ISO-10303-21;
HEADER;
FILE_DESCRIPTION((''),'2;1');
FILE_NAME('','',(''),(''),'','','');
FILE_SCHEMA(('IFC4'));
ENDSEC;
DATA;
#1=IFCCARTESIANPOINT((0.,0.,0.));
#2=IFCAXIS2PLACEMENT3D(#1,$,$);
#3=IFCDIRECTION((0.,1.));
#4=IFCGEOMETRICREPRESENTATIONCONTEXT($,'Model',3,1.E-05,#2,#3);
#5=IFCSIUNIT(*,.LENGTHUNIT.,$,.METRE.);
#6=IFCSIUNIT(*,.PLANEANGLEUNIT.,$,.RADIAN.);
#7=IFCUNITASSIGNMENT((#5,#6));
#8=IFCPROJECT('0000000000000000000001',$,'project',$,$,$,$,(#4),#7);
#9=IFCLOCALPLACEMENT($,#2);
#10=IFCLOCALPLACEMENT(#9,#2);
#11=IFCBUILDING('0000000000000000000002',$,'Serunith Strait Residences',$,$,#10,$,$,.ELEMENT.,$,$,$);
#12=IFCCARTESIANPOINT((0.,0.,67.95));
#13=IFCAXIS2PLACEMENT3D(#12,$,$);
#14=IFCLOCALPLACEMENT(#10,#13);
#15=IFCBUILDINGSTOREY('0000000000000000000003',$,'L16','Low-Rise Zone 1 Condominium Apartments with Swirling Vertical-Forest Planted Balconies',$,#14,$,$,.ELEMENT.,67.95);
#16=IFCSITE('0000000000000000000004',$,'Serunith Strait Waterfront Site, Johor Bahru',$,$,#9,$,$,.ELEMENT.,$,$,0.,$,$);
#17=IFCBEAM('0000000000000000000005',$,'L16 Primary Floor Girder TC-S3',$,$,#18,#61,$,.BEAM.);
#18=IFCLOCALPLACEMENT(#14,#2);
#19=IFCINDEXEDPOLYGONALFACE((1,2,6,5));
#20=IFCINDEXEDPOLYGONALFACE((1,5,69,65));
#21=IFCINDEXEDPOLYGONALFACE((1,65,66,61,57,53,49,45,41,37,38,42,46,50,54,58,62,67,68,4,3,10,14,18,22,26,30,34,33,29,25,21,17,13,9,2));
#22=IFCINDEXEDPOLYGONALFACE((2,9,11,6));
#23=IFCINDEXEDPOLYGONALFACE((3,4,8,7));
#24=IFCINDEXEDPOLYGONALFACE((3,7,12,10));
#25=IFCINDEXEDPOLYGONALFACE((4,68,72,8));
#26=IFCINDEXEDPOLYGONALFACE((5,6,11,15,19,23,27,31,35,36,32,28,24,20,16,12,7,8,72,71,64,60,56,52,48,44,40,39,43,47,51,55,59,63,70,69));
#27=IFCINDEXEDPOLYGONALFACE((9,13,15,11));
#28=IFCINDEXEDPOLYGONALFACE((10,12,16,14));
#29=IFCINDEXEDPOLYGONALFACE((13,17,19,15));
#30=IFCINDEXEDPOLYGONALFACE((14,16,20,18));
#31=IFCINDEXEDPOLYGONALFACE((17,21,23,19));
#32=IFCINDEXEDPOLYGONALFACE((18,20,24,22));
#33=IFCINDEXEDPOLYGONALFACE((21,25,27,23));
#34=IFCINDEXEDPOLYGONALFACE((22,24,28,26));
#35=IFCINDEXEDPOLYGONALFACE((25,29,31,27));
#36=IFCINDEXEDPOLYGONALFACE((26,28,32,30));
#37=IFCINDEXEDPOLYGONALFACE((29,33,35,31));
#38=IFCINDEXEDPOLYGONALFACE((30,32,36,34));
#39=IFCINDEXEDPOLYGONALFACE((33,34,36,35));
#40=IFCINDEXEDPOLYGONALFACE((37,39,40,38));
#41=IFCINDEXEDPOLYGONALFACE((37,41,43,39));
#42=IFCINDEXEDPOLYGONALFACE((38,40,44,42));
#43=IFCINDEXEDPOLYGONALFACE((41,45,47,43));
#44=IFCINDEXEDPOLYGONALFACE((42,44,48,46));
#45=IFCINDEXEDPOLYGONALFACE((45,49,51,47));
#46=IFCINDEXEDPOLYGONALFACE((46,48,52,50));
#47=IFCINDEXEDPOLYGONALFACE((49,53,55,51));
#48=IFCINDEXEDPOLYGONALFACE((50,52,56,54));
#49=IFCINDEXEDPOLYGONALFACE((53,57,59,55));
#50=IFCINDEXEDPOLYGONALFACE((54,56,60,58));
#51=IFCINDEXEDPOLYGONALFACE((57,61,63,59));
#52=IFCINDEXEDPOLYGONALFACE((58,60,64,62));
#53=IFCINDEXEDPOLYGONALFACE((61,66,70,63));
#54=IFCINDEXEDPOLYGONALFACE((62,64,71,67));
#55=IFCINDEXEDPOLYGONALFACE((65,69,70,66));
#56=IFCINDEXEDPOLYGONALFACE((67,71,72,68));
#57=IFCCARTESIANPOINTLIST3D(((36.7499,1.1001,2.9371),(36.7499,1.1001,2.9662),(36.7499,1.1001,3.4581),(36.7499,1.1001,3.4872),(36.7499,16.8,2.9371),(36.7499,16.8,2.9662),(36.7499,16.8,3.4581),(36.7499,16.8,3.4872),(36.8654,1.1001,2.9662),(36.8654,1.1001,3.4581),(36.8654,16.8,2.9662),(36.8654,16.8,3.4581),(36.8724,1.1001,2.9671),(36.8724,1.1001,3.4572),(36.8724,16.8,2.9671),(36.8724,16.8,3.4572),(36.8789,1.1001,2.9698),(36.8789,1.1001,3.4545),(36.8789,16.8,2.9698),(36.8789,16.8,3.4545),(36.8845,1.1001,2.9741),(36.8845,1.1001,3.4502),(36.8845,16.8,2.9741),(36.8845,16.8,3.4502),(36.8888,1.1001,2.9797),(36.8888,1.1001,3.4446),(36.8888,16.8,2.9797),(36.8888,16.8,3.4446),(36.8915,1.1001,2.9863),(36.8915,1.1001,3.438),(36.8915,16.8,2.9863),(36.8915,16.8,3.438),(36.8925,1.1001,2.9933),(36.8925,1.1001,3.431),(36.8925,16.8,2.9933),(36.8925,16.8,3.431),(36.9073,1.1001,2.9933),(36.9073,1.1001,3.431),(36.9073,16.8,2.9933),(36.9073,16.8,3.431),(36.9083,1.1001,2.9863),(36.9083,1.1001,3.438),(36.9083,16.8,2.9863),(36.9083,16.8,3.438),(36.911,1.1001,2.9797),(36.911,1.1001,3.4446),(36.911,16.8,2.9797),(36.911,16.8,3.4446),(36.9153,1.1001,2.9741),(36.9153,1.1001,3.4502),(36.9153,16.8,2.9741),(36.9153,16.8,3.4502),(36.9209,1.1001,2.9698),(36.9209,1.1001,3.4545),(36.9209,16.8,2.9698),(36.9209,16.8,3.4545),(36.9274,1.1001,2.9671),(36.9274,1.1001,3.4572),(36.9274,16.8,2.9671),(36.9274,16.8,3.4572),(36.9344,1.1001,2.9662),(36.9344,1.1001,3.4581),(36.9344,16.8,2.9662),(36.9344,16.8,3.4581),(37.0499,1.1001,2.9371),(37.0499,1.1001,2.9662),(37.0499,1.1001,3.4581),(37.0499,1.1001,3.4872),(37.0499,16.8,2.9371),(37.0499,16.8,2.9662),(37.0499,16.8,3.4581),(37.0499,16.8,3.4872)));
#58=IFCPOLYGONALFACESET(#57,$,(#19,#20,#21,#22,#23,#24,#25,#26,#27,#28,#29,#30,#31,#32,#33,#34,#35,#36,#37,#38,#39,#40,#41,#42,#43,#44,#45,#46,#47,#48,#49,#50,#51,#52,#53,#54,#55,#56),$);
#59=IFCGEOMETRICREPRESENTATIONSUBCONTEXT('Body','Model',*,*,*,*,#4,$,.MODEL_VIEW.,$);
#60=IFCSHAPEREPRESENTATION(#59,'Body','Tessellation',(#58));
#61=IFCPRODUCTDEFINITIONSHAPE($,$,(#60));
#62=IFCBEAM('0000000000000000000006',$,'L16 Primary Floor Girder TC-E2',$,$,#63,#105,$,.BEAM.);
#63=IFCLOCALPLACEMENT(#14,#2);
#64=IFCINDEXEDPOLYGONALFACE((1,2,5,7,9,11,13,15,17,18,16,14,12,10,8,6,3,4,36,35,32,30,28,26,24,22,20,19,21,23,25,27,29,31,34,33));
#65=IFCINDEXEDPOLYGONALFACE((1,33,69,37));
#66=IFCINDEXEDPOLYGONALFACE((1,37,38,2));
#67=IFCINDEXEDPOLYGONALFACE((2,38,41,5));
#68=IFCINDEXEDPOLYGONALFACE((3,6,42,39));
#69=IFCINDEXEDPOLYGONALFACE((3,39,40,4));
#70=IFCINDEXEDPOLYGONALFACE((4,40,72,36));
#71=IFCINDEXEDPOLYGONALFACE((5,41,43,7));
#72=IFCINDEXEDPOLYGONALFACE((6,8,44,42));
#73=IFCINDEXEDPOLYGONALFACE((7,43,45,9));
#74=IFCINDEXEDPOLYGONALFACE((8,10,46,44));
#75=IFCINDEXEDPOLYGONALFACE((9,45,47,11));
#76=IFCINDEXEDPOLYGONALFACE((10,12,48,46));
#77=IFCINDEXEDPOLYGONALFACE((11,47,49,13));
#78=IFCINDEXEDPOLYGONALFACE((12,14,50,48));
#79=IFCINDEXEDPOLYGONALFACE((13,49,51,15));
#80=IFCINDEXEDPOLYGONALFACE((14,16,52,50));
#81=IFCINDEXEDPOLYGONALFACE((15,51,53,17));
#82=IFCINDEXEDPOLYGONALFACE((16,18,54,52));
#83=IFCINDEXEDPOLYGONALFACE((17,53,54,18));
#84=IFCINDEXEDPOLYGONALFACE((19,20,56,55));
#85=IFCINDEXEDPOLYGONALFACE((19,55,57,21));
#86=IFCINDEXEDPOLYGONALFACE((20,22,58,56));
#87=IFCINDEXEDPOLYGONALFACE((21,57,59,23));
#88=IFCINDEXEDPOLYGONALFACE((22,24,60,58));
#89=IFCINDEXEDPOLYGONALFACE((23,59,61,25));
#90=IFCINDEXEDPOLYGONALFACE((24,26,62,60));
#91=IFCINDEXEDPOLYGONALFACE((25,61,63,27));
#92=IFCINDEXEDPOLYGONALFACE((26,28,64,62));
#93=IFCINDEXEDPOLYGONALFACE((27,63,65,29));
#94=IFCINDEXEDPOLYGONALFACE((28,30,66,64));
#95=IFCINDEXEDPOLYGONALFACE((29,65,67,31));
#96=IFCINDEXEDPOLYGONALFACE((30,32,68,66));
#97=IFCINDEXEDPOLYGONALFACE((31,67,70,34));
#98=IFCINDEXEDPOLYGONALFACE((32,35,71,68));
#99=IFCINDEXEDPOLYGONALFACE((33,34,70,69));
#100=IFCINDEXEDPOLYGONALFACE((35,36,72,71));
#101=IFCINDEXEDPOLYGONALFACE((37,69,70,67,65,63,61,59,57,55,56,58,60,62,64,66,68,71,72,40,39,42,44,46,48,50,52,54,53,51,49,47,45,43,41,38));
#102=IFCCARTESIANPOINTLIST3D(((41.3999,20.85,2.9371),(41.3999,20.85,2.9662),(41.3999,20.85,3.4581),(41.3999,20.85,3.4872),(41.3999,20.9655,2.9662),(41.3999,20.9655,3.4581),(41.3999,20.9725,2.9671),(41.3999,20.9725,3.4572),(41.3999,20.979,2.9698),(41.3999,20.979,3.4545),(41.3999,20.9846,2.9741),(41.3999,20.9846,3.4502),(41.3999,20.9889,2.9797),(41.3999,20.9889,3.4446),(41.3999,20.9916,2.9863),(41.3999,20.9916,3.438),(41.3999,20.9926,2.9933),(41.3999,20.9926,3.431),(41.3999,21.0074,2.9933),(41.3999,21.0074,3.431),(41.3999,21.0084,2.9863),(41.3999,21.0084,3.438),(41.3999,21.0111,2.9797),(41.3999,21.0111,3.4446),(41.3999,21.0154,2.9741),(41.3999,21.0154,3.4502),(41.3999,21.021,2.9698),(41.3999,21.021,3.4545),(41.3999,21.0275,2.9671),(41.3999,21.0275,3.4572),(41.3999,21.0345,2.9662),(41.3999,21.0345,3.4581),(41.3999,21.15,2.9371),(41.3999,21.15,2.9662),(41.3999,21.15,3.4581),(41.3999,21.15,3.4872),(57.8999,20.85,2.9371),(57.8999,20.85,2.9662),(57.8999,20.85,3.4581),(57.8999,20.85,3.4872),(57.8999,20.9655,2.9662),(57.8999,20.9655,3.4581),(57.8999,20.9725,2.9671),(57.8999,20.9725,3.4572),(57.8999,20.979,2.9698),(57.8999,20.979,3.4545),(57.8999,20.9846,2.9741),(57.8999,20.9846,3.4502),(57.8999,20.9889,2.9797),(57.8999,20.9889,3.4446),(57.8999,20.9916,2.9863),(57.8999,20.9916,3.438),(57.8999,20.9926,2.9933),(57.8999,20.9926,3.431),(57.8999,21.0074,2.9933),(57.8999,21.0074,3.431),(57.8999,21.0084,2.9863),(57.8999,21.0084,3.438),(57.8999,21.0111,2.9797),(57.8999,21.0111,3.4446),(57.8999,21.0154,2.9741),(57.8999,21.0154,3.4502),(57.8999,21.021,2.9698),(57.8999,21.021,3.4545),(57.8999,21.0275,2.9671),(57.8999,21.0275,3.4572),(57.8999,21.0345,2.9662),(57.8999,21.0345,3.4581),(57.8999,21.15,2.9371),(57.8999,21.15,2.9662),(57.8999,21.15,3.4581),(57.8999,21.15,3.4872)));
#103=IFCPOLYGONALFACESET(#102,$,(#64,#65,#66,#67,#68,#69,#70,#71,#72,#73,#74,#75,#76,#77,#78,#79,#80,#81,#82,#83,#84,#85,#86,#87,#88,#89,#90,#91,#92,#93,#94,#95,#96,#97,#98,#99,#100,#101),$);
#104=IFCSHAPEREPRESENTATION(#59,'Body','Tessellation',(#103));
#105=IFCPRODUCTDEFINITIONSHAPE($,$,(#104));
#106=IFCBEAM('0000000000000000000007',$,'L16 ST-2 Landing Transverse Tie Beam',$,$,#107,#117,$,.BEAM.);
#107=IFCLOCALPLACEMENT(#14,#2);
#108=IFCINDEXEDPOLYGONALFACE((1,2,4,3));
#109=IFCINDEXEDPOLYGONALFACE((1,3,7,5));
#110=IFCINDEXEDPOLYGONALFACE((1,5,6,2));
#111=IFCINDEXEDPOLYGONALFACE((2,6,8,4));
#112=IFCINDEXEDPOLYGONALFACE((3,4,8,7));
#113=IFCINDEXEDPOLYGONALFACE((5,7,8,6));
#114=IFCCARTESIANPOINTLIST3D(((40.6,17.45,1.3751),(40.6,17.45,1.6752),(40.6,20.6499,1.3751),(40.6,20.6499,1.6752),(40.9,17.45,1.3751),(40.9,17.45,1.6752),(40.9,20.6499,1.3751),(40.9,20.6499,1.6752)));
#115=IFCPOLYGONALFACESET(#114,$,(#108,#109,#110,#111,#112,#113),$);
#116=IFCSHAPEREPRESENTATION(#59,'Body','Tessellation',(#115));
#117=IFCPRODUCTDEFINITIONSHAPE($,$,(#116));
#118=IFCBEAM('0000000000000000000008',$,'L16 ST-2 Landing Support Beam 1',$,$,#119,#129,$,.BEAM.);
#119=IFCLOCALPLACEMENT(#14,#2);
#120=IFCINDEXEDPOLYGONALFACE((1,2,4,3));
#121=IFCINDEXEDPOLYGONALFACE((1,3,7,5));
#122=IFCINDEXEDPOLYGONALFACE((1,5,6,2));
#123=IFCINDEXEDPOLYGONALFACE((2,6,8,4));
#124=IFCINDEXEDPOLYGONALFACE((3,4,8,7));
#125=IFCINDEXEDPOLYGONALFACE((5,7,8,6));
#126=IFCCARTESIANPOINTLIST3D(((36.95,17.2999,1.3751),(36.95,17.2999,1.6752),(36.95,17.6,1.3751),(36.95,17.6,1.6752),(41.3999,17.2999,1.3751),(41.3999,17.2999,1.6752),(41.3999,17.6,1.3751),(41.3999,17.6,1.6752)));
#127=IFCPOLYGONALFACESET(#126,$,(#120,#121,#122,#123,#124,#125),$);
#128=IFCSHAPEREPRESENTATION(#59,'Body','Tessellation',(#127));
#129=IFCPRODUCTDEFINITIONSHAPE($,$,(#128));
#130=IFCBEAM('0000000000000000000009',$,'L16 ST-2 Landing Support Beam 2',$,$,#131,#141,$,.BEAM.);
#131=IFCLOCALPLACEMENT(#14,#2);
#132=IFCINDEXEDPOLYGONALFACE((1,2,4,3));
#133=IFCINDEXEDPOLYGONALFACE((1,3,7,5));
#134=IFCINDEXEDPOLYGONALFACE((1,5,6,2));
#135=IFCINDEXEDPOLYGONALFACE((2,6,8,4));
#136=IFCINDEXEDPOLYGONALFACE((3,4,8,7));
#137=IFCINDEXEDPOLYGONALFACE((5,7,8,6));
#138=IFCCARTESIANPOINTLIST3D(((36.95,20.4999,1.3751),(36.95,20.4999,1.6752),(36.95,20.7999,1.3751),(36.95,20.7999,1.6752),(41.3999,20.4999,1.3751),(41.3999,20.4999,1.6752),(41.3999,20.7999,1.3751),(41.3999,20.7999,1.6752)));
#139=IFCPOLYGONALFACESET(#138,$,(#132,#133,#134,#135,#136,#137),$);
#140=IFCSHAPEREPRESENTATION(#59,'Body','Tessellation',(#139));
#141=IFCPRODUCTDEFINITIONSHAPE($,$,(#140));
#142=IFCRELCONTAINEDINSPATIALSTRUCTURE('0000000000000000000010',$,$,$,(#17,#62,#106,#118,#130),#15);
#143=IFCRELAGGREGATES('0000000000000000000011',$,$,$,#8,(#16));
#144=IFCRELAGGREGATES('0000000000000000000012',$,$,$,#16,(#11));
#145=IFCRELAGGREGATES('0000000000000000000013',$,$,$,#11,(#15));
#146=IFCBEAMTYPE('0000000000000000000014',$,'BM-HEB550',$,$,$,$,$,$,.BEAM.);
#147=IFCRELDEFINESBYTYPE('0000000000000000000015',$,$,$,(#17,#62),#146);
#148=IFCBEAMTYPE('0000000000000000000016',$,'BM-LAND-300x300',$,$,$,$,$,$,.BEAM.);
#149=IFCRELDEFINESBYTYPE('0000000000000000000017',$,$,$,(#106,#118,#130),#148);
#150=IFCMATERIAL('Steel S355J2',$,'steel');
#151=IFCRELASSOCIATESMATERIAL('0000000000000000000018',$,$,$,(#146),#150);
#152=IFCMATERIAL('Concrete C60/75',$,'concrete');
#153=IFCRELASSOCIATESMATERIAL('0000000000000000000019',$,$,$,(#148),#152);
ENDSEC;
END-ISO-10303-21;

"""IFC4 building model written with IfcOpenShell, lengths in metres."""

from ifc_helpers import new_model, si_unit, direction, frame, origin, origin_2d, place, context, subcontext, project, spatial, rectangle, i_section, extrude, source, transform, mapped, material, material_profile, profile_set, type_object, element, save


model = new_model("IFC4")

# Units and contexts
model_context = context("Model", 3, precision=1e-05, world=origin(), true_north=direction((0.0, 1.0)))
body_context = subcontext(model_context, "Body", "Model", "MODEL_VIEW")
ifc_project = project(units=[si_unit("LENGTHUNIT", "METRE"), si_unit("PLANEANGLEUNIT", "RADIAN")], contexts=[model_context])

# Site, building, storey
site_placement = place(None, origin())
site = spatial("IfcSite", under=ifc_project, at=site_placement, Name="Serunith Strait Waterfront Site, Johor Bahru", CompositionType="ELEMENT", RefElevation=0.0)
building_placement = place(site_placement, origin())
building = spatial("IfcBuilding", under=site, at=building_placement, Name="Serunith Strait Residences", CompositionType="ELEMENT")
storey_placement = place(building_placement, frame((0.0, 0.0, 67.95)))
storey = spatial("IfcBuildingStorey", under=building, at=storey_placement, Name="L16", Description="Low-Rise Zone 1 Condominium Apartments with Swirling Vertical-Forest Planted Balconies", CompositionType="ELEMENT", Elevation=67.95)

# Beams
ifc_material_1 = material(Name="Steel S355J2", Category="steel")
ifc_material_profile_1 = material_profile(ifc_material_1, i_section(OverallWidth=0.3, OverallDepth=0.55, WebThickness=0.0149, FlangeThickness=0.0291, FilletRadius=0.0271, at=origin_2d()), Name="HEB 550")
ifc_profile_set_1 = profile_set([ifc_material_profile_1], Name="Steel S355J2")
beam_type_1 = type_object("IfcBeamType", Name="BM-HEB550", PredefinedType="BEAM", material=ifc_profile_set_1)
shared_shape_1 = source(origin(), body_context, "Body", "SweptSolid", [
    extrude(i_section(OverallWidth=0.3, OverallDepth=0.55, WebThickness=0.0149, FlangeThickness=0.0291, FilletRadius=0.0271, at=origin_2d()), origin(), (0.0, 0.0, 1.0), 15.7),
])
beam_1_placement = place(storey_placement, frame((36.8999, 16.8, 3.2122), z_axis=(0.0, -1.0, 0.0), x_axis=(1.0, 0.0, 0.0)))
element("IfcBeam", 1, at=beam_1_placement, inside=storey, type_object=beam_type_1, Name="L16 Primary Floor Girder TC-S3", PredefinedType="BEAM", context=body_context, shape_type="MappedRepresentation", body=[
    mapped(shared_shape_1, transform((0.0, 0.0, 0.0), scale=1.0)),
])
shared_shape_2 = source(origin(), body_context, "Body", "SweptSolid", [
    extrude(i_section(OverallWidth=0.3, OverallDepth=0.55, WebThickness=0.0149, FlangeThickness=0.0291, FilletRadius=0.0271, at=origin_2d()), origin(), (0.0, 0.0, 1.0), 16.5),
])
beam_2_placement = place(storey_placement, frame((41.3999, 21.0, 3.2122), z_axis=(1.0, 0.0, 0.0), x_axis=(0.0, 1.0, 0.0)))
element("IfcBeam", 2, at=beam_2_placement, inside=storey, type_object=beam_type_1, Name="L16 Primary Floor Girder TC-E2", PredefinedType="BEAM", context=body_context, shape_type="MappedRepresentation", body=[
    mapped(shared_shape_2, transform((0.0, 0.0, 0.0), scale=1.0)),
])
ifc_material_2 = material(Name="Concrete C60/75", Category="concrete")
ifc_material_profile_2 = material_profile(ifc_material_2, rectangle(XDim=0.3, YDim=0.3, at=origin_2d()), Name="RC 300x300")
ifc_profile_set_2 = profile_set([ifc_material_profile_2], Name="Concrete C60/75")
beam_type_2 = type_object("IfcBeamType", Name="BM-LAND-300x300", PredefinedType="BEAM", material=ifc_profile_set_2)
shared_shape_3 = source(origin(), body_context, "Body", "SweptSolid", [
    extrude(rectangle(XDim=0.3, YDim=0.3, at=origin_2d()), origin(), (0.0, 0.0, 1.0), 3.2),
])
beam_3_placement = place(storey_placement, frame((40.75, 17.45, 1.5251), z_axis=(0.0, 1.0, 0.0), x_axis=(-1.0, 0.0, 0.0)))
element("IfcBeam", 3, at=beam_3_placement, inside=storey, type_object=beam_type_2, Name="L16 ST-2 Landing Transverse Tie Beam", PredefinedType="BEAM", context=body_context, shape_type="MappedRepresentation", body=[
    mapped(shared_shape_3, transform((0.0, 0.0, 0.0), scale=1.0)),
])
shared_shape_4 = source(origin(), body_context, "Body", "SweptSolid", [
    extrude(rectangle(XDim=0.3, YDim=0.3, at=origin_2d()), origin(), (0.0, 0.0, 1.0), 4.45),
])
for number, where, z_axis, x_axis, name in (
    (4, (36.95, 17.45, 1.5251), (1.0, 0.0, 0.0), (0.0, 1.0, 0.0), "L16 ST-2 Landing Support Beam 1"),
    (5, (36.95, 20.6499, 1.5251), (1.0, 0.0, 0.0), (0.0, 1.0, 0.0), "L16 ST-2 Landing Support Beam 2"),
):
    element("IfcBeam", number, at=place(storey_placement, frame(where, z_axis=z_axis, x_axis=x_axis)), inside=storey, type_object=beam_type_2, Name=name, PredefinedType="BEAM", context=body_context, shape_type="MappedRepresentation", body=[
        mapped(shared_shape_4, transform((0.0, 0.0, 0.0), scale=1.0)),
    ])

save(model, "model.ifc")
